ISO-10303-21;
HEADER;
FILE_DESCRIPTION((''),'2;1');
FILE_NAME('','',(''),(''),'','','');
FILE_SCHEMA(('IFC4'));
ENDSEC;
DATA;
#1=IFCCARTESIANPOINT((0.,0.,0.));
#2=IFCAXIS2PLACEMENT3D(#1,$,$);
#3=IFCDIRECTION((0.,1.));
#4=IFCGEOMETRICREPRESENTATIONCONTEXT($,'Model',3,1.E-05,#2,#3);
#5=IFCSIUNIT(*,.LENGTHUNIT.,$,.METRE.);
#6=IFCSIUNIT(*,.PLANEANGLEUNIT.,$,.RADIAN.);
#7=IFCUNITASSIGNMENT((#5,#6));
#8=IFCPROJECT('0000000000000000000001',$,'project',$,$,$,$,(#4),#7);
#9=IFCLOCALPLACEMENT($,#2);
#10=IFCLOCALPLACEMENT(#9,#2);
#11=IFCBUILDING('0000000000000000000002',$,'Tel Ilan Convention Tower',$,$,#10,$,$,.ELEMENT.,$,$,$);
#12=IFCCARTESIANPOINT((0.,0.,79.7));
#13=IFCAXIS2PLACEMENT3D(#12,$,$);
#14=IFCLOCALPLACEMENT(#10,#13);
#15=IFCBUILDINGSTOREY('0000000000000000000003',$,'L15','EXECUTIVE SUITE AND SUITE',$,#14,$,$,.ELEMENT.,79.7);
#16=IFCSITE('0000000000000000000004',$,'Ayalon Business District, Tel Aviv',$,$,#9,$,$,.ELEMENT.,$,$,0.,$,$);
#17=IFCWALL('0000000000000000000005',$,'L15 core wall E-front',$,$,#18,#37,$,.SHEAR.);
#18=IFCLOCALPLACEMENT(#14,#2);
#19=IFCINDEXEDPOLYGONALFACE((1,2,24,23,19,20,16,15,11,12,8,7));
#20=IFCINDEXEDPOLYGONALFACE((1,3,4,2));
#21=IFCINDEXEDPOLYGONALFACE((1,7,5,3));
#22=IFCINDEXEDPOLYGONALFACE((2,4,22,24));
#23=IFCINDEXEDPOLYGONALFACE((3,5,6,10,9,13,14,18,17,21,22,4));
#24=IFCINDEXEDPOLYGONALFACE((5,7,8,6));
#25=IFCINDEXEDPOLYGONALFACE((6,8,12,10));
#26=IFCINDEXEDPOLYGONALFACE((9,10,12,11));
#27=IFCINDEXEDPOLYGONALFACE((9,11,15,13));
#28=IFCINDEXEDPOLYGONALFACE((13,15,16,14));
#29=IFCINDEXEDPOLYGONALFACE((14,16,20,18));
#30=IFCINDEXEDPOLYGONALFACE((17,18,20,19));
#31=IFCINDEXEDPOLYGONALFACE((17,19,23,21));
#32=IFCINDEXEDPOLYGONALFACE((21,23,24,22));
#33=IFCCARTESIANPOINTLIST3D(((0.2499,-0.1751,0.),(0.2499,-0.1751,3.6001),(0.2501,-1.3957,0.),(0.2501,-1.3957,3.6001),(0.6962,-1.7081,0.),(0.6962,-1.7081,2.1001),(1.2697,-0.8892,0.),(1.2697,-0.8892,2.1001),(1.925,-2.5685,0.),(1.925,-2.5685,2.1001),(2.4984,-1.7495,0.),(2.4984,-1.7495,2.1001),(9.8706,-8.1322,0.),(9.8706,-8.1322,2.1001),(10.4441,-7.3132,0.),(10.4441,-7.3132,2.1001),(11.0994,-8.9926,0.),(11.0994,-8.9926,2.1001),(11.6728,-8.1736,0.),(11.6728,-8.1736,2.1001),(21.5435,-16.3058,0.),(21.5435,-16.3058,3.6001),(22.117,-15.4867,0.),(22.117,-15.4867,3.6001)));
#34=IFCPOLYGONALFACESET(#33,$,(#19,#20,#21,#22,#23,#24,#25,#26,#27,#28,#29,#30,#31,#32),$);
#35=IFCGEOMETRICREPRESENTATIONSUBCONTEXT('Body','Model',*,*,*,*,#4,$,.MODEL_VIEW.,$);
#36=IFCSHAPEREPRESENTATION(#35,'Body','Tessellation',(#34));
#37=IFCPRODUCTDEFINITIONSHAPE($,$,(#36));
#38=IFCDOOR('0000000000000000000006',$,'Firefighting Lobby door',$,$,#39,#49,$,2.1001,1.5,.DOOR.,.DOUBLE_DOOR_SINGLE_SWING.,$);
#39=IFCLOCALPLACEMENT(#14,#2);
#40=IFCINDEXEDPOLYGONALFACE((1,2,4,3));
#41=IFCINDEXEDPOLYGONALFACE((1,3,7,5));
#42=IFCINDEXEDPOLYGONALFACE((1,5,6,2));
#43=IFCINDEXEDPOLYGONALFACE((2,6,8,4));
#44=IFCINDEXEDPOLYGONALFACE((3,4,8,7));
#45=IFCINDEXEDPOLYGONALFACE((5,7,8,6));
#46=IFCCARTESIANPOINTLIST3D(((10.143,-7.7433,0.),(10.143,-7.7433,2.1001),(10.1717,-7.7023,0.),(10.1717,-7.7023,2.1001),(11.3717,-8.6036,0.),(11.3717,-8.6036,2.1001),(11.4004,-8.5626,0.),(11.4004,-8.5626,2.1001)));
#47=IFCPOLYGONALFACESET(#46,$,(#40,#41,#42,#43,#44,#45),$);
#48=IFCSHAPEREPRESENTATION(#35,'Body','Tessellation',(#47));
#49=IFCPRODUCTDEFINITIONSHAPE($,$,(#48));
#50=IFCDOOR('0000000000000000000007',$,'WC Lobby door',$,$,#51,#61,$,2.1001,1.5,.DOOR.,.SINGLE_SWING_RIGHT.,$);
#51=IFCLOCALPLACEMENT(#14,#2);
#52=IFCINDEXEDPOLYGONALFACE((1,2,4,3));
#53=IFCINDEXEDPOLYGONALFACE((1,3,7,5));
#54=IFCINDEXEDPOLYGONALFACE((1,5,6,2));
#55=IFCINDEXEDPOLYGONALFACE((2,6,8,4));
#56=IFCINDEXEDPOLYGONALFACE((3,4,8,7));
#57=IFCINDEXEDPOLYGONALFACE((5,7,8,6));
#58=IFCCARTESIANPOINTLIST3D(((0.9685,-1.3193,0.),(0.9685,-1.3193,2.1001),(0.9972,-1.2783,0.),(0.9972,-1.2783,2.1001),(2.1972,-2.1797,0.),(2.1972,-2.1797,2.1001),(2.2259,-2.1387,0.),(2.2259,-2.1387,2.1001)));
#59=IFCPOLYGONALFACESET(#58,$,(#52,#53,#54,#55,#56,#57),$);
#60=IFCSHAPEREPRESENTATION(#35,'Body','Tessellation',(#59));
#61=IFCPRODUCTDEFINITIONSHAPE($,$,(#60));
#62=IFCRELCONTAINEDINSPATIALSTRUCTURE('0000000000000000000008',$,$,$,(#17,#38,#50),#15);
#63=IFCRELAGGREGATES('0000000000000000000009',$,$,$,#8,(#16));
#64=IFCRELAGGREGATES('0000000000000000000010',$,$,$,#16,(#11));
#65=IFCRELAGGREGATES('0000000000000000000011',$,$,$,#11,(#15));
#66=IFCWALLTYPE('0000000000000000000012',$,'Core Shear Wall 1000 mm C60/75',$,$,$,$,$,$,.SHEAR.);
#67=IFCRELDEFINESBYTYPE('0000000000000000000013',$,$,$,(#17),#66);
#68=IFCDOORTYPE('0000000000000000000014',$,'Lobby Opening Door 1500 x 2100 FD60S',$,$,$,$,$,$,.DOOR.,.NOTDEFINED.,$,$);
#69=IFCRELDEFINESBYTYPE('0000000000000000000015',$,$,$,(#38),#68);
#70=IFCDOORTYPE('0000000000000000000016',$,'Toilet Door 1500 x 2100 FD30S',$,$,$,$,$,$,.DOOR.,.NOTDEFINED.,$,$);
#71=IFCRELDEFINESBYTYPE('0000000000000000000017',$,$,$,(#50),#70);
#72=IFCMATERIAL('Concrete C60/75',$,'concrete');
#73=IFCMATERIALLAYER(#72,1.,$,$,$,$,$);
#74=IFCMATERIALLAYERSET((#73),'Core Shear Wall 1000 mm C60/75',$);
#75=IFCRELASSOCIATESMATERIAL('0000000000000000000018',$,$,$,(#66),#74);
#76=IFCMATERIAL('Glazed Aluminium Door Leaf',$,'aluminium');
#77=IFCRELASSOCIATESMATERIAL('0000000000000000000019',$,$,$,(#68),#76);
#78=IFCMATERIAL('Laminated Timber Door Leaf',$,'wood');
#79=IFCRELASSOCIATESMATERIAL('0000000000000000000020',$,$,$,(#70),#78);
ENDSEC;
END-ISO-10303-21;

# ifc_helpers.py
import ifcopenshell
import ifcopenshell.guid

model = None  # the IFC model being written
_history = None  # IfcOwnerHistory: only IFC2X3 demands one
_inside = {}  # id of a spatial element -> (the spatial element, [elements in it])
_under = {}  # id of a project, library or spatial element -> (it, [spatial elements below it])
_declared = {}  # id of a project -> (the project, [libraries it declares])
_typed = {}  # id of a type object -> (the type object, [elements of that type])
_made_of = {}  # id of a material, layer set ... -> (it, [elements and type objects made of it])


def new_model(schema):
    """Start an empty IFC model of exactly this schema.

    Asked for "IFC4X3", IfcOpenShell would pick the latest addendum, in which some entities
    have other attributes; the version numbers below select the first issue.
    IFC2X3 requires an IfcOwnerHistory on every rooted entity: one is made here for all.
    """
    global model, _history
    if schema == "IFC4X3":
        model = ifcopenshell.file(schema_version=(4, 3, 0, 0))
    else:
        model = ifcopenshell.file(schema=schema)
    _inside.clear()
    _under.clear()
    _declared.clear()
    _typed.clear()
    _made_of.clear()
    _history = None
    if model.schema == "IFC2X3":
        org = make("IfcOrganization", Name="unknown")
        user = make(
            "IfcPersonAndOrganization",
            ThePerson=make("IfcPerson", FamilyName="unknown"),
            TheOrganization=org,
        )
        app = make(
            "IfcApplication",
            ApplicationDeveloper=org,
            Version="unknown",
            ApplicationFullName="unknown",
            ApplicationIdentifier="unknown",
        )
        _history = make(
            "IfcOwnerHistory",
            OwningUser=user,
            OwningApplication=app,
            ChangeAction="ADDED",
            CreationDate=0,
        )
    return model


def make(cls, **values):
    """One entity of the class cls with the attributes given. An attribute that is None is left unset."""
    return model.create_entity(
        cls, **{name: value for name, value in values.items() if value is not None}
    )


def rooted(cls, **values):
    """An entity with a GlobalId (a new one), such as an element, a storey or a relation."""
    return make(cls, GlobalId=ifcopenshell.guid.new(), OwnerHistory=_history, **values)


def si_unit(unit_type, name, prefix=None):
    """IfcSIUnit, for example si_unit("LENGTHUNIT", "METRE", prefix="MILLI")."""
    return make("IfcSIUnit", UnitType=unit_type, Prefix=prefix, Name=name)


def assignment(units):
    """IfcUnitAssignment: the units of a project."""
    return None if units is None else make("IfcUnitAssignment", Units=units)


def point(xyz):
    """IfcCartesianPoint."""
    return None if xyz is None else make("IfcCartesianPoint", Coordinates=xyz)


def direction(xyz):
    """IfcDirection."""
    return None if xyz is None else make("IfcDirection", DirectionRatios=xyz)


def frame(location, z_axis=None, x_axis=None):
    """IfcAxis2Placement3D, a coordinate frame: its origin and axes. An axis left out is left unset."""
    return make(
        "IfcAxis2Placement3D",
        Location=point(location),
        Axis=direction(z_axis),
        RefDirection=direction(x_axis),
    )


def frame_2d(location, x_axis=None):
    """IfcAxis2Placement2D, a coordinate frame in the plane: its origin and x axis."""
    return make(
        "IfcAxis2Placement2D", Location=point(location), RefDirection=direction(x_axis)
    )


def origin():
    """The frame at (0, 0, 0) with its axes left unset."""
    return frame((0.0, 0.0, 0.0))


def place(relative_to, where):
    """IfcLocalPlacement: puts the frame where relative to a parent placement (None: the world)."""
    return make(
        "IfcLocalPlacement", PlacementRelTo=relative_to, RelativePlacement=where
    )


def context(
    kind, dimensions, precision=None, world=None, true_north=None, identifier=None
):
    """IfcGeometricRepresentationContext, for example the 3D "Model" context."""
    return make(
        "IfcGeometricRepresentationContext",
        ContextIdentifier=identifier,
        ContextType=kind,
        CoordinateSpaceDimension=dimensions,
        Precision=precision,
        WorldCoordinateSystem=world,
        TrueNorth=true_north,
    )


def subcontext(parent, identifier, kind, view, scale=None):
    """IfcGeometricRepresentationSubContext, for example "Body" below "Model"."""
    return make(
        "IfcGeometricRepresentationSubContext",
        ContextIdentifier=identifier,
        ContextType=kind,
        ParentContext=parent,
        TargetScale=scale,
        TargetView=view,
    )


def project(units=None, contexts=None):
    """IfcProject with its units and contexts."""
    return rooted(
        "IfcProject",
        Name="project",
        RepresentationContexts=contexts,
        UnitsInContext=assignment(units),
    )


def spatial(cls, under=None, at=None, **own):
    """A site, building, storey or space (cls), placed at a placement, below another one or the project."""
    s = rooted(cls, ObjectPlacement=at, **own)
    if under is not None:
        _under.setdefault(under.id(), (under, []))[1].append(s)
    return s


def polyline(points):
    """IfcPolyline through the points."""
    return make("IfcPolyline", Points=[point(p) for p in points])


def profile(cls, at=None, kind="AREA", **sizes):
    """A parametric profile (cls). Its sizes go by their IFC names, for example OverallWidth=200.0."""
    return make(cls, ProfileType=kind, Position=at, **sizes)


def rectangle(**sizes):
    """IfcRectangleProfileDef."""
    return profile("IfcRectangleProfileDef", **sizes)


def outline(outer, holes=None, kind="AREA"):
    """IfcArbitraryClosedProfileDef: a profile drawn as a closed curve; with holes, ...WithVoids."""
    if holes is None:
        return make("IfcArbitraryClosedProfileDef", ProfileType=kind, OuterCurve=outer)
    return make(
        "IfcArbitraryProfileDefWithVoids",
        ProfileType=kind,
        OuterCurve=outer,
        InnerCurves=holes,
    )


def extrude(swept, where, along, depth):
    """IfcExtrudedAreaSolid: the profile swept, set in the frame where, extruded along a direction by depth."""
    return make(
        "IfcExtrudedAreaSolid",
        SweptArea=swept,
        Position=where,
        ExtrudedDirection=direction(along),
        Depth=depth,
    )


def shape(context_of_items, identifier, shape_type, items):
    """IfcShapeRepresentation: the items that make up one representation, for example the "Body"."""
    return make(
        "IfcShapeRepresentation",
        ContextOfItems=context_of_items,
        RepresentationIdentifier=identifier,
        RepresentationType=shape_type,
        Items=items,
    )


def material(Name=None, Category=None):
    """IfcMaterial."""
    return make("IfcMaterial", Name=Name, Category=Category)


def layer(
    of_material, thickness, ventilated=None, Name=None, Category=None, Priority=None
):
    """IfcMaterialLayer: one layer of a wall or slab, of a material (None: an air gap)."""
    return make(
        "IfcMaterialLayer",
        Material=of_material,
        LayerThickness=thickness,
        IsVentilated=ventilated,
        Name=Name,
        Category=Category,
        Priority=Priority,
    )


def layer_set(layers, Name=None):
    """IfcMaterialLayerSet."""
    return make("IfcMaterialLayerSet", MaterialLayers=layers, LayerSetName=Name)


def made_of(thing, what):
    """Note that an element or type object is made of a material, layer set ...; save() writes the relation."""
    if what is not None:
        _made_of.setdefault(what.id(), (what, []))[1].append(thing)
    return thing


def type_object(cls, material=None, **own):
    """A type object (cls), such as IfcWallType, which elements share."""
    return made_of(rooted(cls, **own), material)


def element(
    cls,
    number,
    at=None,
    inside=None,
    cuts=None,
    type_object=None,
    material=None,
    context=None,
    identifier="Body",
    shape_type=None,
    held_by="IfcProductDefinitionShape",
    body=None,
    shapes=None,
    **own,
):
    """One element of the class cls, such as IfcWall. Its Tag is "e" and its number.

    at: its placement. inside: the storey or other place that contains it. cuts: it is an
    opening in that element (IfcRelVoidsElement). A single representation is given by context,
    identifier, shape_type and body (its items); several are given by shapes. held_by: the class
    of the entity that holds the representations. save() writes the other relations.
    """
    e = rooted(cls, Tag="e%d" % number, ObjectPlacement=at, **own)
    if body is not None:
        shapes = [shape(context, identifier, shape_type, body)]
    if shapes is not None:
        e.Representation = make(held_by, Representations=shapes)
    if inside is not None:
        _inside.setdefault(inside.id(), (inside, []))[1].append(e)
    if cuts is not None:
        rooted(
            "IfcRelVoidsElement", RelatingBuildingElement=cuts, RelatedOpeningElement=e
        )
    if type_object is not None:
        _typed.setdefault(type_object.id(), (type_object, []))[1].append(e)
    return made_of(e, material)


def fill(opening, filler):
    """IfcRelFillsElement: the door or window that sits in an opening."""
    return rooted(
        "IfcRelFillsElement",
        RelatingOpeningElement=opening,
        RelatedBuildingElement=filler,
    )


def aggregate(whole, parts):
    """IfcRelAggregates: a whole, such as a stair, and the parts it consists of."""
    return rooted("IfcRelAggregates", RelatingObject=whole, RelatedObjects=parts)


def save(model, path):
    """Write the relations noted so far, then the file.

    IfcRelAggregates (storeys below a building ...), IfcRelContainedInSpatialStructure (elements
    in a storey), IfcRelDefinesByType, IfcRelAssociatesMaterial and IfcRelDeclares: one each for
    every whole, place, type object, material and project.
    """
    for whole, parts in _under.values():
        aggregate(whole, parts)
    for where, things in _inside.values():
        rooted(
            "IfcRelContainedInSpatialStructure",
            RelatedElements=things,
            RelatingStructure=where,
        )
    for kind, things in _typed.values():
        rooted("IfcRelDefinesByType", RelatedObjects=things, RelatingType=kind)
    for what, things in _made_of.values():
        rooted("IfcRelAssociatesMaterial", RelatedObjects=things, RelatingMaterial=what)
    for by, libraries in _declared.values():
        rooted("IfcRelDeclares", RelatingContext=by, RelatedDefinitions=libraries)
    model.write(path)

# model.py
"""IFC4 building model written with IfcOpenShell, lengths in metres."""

from ifc_helpers import new_model, si_unit, direction, frame, frame_2d, origin, place, context, subcontext, project, spatial, polyline, rectangle, outline, extrude, material, layer, layer_set, type_object, element, fill, save


model = new_model("IFC4")

# Units and contexts
model_context = context("Model", 3, precision=1e-05, world=origin(), true_north=direction((0.0, 1.0)))
body_context = subcontext(model_context, "Body", "Model", "MODEL_VIEW")
ifc_project = project(units=[si_unit("LENGTHUNIT", "METRE"), si_unit("PLANEANGLEUNIT", "RADIAN")], contexts=[model_context])

# Site, building, storey
site_placement = place(None, origin())
site = spatial("IfcSite", under=ifc_project, at=site_placement, Name="Ayalon Business District, Tel Aviv", CompositionType="ELEMENT", RefElevation=0.0)
building_placement = place(site_placement, origin())
building = spatial("IfcBuilding", under=site, at=building_placement, Name="Tel Ilan Convention Tower", CompositionType="ELEMENT")
storey_placement = place(building_placement, frame((0.0, 0.0, 79.7)))
storey = spatial("IfcBuildingStorey", under=building, at=storey_placement, Name="L15", Description="EXECUTIVE SUITE AND SUITE", CompositionType="ELEMENT", Elevation=79.7)

# Shared definitions
ifc_material_1 = material(Name="Concrete C60/75", Category="concrete")
ifc_layer_1 = layer(ifc_material_1, 1.0)
ifc_layer_set_1 = layer_set([ifc_layer_1], Name="Core Shear Wall 1000 mm C60/75")
wall_type_1 = type_object("IfcWallType", Name="Core Shear Wall 1000 mm C60/75", PredefinedType="SHEAR", material=ifc_layer_set_1)

# Wall, openings, doors
wall_1_placement = place(storey_placement, frame((-0.0369, -0.5847, 0.0), z_axis=(0.0, 0.0, 1.0), x_axis=(0.819157, -0.573569, 0.0)))
wall_1 = element("IfcWall", 1, at=wall_1_placement, inside=storey, type_object=wall_type_1, Name="L15 core wall E-front", PredefinedType="SHEAR", context=body_context, shape_type="SweptSolid", body=[
    extrude(outline(polyline([(26.6948, 0.4998), (0.0, 0.5), (0.7002, -0.4998), (26.6948, -0.5002), (26.6948, 0.4998)])), origin(), (0.0, 0.0, 1.0), 3.6001),
])
opening_1_placement = place(wall_1_placement, frame((1.2449, 0.0, 0.0)))
opening_1 = element("IfcOpeningElement", 2, at=opening_1_placement, cuts=wall_1, PredefinedType="OPENING", context=body_context, shape_type="SweptSolid", body=[
    extrude(rectangle(XDim=1.5, YDim=2.1001, at=frame_2d((0.75, 1.05))), frame((0.0, 0.51, 0.0), z_axis=(0.0, -1.0, 0.0), x_axis=(1.0, 0.0, 0.0)), (0.0, 0.0, 1.0), 1.02),
])
opening_2_placement = place(wall_1_placement, frame((12.4448, 0.0, 0.0)))
opening_2 = element("IfcOpeningElement", 3, at=opening_2_placement, cuts=wall_1, PredefinedType="OPENING", context=body_context, shape_type="SweptSolid", body=[
    extrude(rectangle(XDim=1.5, YDim=2.1001, at=frame_2d((0.75, 1.05))), frame((0.0, 0.51, 0.0), z_axis=(0.0, -1.0, 0.0), x_axis=(1.0, 0.0, 0.0)), (0.0, 0.0, 1.0), 1.02),
])
ifc_material_2 = material(Name="Glazed Aluminium Door Leaf", Category="aluminium")
door_type_1 = type_object("IfcDoorType", Name="Lobby Opening Door 1500 x 2100 FD60S", OperationType="NOTDEFINED", PredefinedType="DOOR", material=ifc_material_2)
door_1_placement = place(opening_2_placement, origin())
door_1 = element("IfcDoor", 4, at=door_1_placement, inside=storey, type_object=door_type_1, Name="Firefighting Lobby door", OperationType="DOUBLE_DOOR_SINGLE_SWING", OverallHeight=2.1001, OverallWidth=1.5, PredefinedType="DOOR", context=body_context, shape_type="SweptSolid", body=[
    extrude(rectangle(XDim=1.5, YDim=2.1001, at=frame_2d((0.75, 1.05))), frame((0.0, 0.0249, 0.0), z_axis=(0.0, -1.0, 0.0), x_axis=(1.0, 0.0, 0.0)), (0.0, 0.0, 1.0), 0.05),
])
fill(opening_2, door_1)
ifc_material_3 = material(Name="Laminated Timber Door Leaf", Category="wood")
door_type_2 = type_object("IfcDoorType", Name="Toilet Door 1500 x 2100 FD30S", OperationType="NOTDEFINED", PredefinedType="DOOR", material=ifc_material_3)
door_2_placement = place(opening_1_placement, origin())
door_2 = element("IfcDoor", 5, at=door_2_placement, inside=storey, type_object=door_type_2, Name="WC Lobby door", OperationType="SINGLE_SWING_RIGHT", OverallHeight=2.1001, OverallWidth=1.5, PredefinedType="DOOR", context=body_context, shape_type="SweptSolid", body=[
    extrude(rectangle(XDim=1.5, YDim=2.1001, at=frame_2d((0.75, 1.05))), frame((0.0, 0.0249, 0.0), z_axis=(0.0, -1.0, 0.0), x_axis=(1.0, 0.0, 0.0)), (0.0, 0.0, 1.0), 0.05),
])
fill(opening_1, door_2)

save(model, "model.ifc")
